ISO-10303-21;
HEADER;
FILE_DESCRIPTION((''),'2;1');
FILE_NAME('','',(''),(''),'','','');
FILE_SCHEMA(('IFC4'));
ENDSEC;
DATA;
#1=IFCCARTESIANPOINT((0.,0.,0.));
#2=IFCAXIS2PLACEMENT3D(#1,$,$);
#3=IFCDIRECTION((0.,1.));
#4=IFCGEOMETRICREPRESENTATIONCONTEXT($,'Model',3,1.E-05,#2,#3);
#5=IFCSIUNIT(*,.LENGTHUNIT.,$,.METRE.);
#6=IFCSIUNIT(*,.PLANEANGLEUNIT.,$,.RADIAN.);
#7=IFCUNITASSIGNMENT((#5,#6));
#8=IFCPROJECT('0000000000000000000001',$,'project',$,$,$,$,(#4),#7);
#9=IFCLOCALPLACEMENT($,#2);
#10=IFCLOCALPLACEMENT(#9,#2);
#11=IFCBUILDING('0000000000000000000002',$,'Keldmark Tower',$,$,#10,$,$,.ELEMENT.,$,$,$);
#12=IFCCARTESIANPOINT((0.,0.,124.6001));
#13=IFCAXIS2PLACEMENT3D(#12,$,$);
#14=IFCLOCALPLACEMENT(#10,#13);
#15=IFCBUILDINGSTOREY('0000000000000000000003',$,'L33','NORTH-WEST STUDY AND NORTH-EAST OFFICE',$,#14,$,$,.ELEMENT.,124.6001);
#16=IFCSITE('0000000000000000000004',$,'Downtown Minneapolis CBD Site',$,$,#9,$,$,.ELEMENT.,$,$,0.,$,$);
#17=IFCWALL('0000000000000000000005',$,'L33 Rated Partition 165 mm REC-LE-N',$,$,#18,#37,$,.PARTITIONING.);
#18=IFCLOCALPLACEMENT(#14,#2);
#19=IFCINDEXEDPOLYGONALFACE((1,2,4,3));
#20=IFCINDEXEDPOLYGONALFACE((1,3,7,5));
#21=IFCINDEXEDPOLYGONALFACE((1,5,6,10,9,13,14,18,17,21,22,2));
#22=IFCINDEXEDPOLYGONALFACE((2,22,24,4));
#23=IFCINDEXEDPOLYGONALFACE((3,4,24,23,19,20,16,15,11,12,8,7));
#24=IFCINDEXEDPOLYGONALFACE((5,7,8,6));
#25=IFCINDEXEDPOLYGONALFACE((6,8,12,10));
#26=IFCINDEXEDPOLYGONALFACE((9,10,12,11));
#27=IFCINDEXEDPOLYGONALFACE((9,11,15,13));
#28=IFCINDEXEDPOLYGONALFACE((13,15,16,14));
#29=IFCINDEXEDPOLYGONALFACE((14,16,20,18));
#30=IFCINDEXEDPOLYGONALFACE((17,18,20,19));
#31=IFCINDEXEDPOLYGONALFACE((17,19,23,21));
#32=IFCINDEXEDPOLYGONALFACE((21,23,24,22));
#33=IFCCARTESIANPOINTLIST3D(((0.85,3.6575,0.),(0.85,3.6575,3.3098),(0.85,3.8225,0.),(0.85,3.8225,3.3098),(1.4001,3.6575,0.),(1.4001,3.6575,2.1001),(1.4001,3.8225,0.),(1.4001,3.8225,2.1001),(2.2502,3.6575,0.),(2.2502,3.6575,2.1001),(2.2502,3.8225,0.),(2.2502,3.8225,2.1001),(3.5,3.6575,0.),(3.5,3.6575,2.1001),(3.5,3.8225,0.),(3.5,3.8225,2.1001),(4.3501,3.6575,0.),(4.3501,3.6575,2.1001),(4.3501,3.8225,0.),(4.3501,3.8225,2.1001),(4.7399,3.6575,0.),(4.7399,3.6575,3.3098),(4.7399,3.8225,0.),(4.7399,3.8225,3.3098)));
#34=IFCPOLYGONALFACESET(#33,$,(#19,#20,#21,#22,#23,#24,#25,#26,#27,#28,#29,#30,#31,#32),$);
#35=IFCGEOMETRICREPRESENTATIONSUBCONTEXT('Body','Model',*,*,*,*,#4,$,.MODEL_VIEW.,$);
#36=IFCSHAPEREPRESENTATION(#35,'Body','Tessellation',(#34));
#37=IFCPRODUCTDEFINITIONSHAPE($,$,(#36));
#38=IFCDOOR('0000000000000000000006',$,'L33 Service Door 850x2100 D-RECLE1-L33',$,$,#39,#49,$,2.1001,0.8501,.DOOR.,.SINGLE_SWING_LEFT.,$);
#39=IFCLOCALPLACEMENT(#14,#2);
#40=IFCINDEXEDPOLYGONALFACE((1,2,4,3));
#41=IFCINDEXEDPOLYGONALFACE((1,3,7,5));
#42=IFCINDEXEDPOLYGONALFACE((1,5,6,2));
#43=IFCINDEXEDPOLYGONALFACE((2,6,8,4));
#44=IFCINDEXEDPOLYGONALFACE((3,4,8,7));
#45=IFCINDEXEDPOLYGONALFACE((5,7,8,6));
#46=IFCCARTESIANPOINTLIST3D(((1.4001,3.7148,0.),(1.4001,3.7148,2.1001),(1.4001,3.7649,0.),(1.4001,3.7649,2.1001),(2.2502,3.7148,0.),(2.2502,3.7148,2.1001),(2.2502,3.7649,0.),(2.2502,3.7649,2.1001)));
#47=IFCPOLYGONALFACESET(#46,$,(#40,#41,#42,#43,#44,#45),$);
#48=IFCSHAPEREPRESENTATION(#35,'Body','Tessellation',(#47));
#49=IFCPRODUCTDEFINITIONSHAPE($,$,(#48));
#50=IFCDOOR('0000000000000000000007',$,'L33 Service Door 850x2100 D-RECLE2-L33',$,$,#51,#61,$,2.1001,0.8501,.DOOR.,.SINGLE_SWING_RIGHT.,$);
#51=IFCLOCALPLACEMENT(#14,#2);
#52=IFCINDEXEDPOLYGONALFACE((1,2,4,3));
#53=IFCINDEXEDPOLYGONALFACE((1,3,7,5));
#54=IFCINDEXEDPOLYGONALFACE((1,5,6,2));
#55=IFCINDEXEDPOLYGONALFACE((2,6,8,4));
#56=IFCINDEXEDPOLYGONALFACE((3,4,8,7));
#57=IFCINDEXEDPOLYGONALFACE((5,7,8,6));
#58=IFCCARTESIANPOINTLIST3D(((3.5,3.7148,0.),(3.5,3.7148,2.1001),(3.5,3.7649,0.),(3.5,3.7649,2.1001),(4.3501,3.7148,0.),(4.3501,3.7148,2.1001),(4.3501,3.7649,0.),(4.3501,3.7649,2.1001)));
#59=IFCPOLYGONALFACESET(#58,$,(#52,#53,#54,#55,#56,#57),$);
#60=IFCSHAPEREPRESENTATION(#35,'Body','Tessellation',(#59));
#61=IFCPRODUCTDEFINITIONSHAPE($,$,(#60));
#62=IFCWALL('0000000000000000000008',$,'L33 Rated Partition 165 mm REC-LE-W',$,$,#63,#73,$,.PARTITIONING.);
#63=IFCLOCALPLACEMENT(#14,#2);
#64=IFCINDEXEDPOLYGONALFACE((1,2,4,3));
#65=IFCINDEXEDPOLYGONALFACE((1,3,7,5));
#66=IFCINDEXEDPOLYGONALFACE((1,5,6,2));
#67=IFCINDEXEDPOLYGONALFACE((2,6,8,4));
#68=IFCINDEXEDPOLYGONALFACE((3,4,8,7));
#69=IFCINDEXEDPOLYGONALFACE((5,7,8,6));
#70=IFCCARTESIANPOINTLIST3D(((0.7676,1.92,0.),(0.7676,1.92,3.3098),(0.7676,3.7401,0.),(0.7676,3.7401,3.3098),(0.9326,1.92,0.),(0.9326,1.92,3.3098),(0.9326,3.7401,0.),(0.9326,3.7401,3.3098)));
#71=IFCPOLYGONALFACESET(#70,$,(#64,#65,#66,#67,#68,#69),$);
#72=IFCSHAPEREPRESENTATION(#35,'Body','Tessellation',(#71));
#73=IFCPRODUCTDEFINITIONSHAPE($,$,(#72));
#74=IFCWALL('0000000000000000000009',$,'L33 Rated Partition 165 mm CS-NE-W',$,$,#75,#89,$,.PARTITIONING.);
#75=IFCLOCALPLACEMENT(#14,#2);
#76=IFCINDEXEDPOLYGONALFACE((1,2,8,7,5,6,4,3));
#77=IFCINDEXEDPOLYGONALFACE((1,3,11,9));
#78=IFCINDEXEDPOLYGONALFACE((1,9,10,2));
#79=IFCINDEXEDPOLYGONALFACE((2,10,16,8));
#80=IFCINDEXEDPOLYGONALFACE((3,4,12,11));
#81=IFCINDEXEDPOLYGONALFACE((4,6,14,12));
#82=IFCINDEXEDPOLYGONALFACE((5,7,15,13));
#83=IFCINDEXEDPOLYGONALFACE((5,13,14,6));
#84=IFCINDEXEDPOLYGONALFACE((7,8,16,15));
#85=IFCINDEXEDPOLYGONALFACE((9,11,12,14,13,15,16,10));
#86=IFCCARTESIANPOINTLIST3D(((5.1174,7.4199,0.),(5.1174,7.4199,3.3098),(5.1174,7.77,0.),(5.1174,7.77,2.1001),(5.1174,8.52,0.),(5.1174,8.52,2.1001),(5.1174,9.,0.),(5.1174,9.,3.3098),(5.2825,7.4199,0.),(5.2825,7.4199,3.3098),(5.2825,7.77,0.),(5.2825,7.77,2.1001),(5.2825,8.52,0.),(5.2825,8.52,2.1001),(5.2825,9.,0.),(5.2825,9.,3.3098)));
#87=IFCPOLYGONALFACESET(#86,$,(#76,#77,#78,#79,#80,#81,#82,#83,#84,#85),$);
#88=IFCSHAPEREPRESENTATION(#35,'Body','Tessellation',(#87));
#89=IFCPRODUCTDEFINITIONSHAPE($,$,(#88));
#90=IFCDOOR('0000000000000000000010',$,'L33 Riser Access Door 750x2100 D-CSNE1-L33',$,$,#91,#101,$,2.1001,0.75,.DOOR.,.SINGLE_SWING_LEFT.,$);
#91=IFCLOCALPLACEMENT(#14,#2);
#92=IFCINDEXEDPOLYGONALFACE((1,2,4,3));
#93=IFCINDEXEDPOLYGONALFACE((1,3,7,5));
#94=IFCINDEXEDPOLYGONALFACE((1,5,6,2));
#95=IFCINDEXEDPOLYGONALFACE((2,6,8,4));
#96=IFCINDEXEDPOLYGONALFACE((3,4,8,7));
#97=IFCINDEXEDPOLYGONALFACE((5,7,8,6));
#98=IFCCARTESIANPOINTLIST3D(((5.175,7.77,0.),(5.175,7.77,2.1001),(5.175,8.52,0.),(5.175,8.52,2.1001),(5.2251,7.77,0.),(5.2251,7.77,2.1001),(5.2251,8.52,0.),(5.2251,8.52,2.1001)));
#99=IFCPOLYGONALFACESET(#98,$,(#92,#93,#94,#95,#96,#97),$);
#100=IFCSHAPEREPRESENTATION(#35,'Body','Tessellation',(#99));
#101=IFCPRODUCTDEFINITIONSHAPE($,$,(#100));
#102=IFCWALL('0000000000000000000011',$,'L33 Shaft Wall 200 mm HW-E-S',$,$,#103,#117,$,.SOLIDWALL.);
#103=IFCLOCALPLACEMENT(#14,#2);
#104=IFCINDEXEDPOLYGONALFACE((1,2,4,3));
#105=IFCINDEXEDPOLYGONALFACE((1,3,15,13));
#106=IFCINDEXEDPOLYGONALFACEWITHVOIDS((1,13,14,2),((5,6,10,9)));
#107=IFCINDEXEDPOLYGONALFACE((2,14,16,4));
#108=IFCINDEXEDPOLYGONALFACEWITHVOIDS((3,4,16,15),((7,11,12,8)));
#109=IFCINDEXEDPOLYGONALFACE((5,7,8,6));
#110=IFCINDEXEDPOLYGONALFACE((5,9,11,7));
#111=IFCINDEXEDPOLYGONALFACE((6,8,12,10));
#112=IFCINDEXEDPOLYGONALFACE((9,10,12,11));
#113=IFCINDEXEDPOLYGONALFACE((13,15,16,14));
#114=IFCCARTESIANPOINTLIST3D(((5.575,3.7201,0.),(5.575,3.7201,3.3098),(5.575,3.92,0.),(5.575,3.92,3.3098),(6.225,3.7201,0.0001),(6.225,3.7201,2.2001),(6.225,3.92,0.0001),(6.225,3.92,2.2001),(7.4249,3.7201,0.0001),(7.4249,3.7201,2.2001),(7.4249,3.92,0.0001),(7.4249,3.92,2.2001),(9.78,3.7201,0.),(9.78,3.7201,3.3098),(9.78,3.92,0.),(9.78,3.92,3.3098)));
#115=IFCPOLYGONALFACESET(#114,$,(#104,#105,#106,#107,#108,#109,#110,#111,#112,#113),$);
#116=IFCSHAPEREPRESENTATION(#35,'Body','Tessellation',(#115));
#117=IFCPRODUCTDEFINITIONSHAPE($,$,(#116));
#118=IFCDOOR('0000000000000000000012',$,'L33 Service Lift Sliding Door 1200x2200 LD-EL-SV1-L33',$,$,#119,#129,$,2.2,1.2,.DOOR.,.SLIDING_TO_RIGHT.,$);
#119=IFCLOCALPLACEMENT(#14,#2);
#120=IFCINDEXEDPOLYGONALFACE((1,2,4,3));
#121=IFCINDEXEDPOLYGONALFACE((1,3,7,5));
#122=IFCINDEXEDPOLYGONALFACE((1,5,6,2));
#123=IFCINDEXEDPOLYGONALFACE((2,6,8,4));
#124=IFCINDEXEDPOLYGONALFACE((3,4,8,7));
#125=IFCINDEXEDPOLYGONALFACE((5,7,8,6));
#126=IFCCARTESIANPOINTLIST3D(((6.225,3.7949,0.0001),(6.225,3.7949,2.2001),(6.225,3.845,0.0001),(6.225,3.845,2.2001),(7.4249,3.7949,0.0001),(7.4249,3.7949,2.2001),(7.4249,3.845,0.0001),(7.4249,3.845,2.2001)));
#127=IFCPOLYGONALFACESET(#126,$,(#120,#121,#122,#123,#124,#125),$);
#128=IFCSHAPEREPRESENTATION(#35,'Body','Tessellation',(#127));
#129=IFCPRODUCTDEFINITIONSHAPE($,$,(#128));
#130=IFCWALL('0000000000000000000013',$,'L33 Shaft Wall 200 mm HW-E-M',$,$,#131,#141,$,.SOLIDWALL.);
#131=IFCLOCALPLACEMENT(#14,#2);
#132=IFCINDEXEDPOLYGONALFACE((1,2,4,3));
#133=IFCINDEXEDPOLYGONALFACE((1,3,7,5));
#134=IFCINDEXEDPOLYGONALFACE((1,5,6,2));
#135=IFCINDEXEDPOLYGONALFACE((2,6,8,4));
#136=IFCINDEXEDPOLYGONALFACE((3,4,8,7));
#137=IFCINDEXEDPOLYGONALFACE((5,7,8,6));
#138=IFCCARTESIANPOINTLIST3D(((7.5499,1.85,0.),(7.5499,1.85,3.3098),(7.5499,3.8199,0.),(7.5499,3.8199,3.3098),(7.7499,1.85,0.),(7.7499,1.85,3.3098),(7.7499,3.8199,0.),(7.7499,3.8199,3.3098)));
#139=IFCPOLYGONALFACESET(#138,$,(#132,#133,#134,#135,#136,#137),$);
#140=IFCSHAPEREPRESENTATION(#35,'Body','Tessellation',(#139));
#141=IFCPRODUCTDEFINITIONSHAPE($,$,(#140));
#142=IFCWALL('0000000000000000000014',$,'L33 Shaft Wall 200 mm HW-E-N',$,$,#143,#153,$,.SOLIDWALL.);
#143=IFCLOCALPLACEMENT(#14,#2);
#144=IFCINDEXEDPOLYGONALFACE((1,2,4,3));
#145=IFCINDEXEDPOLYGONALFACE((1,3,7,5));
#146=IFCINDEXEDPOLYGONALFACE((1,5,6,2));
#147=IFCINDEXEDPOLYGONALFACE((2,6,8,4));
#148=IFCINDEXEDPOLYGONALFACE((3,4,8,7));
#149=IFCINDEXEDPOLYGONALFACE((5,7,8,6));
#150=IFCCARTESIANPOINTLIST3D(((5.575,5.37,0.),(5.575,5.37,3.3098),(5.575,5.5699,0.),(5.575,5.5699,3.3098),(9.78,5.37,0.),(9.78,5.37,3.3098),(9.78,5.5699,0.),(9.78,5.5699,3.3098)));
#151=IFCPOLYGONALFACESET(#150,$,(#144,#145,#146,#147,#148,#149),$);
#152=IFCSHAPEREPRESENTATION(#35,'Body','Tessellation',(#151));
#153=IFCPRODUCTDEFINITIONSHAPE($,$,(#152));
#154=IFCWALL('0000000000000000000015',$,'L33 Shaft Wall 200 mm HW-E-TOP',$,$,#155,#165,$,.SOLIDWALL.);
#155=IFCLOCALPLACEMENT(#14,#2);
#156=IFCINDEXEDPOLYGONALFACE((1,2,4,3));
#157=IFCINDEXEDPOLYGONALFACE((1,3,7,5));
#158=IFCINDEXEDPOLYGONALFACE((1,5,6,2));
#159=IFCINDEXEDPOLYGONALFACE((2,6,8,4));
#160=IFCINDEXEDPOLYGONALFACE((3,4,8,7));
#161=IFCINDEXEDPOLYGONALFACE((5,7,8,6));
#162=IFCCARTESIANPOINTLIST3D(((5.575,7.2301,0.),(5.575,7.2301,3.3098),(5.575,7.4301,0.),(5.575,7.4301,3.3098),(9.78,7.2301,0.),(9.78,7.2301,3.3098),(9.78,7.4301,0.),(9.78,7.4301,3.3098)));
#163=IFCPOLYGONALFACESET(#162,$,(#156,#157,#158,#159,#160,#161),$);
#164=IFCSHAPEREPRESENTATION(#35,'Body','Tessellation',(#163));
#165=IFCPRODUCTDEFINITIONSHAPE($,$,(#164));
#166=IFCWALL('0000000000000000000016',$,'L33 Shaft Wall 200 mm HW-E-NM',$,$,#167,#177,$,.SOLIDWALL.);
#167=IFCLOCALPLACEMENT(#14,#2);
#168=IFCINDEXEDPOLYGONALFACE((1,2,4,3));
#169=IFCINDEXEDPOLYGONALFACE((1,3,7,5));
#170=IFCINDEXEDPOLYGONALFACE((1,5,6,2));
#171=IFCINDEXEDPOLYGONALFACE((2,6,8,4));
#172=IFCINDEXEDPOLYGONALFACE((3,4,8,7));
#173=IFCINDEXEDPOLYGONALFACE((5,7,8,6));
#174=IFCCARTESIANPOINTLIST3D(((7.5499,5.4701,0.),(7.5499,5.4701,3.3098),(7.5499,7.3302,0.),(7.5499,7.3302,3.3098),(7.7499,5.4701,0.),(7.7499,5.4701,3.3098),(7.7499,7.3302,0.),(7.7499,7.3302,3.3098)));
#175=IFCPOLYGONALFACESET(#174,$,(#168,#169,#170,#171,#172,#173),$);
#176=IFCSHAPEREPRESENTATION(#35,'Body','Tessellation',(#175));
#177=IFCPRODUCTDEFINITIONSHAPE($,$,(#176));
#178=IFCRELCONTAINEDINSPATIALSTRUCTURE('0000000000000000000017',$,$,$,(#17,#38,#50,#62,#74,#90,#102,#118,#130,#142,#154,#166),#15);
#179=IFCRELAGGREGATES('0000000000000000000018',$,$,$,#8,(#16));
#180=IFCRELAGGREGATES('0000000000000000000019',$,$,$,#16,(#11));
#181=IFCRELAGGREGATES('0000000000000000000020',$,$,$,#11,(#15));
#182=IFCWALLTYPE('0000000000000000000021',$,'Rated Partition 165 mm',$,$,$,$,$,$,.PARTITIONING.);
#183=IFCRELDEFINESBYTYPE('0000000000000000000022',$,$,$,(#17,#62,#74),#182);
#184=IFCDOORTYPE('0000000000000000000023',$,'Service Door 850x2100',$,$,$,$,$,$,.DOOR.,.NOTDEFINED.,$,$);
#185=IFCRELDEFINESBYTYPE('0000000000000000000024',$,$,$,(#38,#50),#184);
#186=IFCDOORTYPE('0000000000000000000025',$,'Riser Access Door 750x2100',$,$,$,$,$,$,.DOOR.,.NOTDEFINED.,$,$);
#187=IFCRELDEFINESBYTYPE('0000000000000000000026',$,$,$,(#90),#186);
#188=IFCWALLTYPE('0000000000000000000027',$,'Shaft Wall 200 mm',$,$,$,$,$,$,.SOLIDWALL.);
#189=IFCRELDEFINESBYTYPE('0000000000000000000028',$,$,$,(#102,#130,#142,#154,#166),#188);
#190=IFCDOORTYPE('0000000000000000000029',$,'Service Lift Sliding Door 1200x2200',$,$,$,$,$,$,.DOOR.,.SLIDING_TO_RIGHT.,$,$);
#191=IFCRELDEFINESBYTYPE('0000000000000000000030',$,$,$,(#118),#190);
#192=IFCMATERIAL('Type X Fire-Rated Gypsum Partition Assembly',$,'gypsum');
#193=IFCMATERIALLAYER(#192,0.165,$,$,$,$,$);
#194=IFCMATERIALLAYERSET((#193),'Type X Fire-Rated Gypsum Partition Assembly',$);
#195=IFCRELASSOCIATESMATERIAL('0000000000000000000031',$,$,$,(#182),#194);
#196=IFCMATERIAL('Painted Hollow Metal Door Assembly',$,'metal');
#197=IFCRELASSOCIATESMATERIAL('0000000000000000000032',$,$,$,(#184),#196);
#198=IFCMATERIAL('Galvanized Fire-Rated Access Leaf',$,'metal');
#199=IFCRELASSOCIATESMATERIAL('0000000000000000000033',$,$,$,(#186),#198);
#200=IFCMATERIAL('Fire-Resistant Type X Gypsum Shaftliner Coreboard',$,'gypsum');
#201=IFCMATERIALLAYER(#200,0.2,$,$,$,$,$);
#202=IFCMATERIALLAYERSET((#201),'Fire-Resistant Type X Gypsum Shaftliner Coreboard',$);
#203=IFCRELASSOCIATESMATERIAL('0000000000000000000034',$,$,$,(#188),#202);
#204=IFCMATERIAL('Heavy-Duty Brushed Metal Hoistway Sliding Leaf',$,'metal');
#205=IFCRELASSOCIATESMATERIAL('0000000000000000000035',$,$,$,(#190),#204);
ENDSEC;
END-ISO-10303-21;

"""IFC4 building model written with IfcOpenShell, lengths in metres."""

from ifc_helpers import new_model, si_unit, direction, frame, frame_2d, origin, place, context, subcontext, project, spatial, rectangle, extrude, material, layer, layer_set, type_object, element, fill, save


model = new_model("IFC4")

# Units and contexts
model_context = context("Model", 3, precision=1e-05, world=origin(), true_north=direction((0.0, 1.0)))
body_context = subcontext(model_context, "Body", "Model", "MODEL_VIEW")
ifc_project = project(units=[si_unit("LENGTHUNIT", "METRE"), si_unit("PLANEANGLEUNIT", "RADIAN")], contexts=[model_context])

# Site, building, storey
site_placement = place(None, origin())
site = spatial("IfcSite", under=ifc_project, at=site_placement, Name="Downtown Minneapolis CBD Site", CompositionType="ELEMENT", RefElevation=0.0)
building_placement = place(site_placement, origin())
building = spatial("IfcBuilding", under=site, at=building_placement, Name="Keldmark Tower", CompositionType="ELEMENT")
storey_placement = place(building_placement, frame((0.0, 0.0, 124.6001)))
storey = spatial("IfcBuildingStorey", under=building, at=storey_placement, Name="L33", Description="NORTH-WEST STUDY AND NORTH-EAST OFFICE", CompositionType="ELEMENT", Elevation=124.6001)

# Shared definitions
ifc_material_1 = material(Name="Type X Fire-Rated Gypsum Partition Assembly", Category="gypsum")
ifc_layer_1 = layer(ifc_material_1, 0.165)
ifc_layer_set_1 = layer_set([ifc_layer_1], Name="Type X Fire-Rated Gypsum Partition Assembly")
wall_type_1 = type_object("IfcWallType", Name="Rated Partition 165 mm", PredefinedType="PARTITIONING", material=ifc_layer_set_1)

# Wall, openings, doors
wall_1_placement = place(storey_placement, frame((0.8501, 3.74, 0.0), z_axis=(0.0, 0.0, 1.0), x_axis=(1.0, 0.0, 0.0)))
wall_1 = element("IfcWall", 1, at=wall_1_placement, inside=storey, type_object=wall_type_1, Name="L33 Rated Partition 165 mm REC-LE-N", PredefinedType="PARTITIONING", context=body_context, shape_type="SweptSolid", body=[
    extrude(rectangle(XDim=3.8899, YDim=0.165, at=frame_2d((1.9448, 0.0))), origin(), (0.0, 0.0, 1.0), 3.3098),
])
opening_1_placement = place(wall_1_placement, frame((0.55, 0.0, 0.0)))
opening_1 = element("IfcOpeningElement", 2, at=opening_1_placement, cuts=wall_1, PredefinedType="OPENING", context=body_context, shape_type="SweptSolid", body=[
    extrude(rectangle(XDim=0.8501, YDim=2.1001, at=frame_2d((0.425, 1.05))), frame((0.0, 0.0925, 0.0), z_axis=(0.0, -1.0, 0.0), x_axis=(1.0, 0.0, 0.0)), (0.0, 0.0, 1.0), 0.1851),
])
opening_2_placement = place(wall_1_placement, frame((2.6499, 0.0, 0.0)))
opening_2 = element("IfcOpeningElement", 3, at=opening_2_placement, cuts=wall_1, PredefinedType="OPENING", context=body_context, shape_type="SweptSolid", body=[
    extrude(rectangle(XDim=0.8501, YDim=2.1001, at=frame_2d((0.425, 1.05))), frame((0.0, 0.0925, 0.0), z_axis=(0.0, -1.0, 0.0), x_axis=(1.0, 0.0, 0.0)), (0.0, 0.0, 1.0), 0.1851),
])
ifc_material_2 = material(Name="Painted Hollow Metal Door Assembly", Category="metal")
door_type_1 = type_object("IfcDoorType", Name="Service Door 850x2100", OperationType="NOTDEFINED", PredefinedType="DOOR", material=ifc_material_2)
door_1_placement = place(opening_1_placement, origin())
door_1 = element("IfcDoor", 4, at=door_1_placement, inside=storey, type_object=door_type_1, Name="L33 Service Door 850x2100 D-RECLE1-L33", OperationType="SINGLE_SWING_LEFT", OverallHeight=2.1001, OverallWidth=0.8501, PredefinedType="DOOR", context=body_context, shape_type="SweptSolid", body=[
    extrude(rectangle(XDim=0.8501, YDim=2.1001, at=frame_2d((0.425, 1.05))), frame((0.0, 0.0249, 0.0), z_axis=(0.0, -1.0, 0.0), x_axis=(1.0, 0.0, 0.0)), (0.0, 0.0, 1.0), 0.05),
])
fill(opening_1, door_1)
door_2_placement = place(opening_2_placement, origin())
door_2 = element("IfcDoor", 5, at=door_2_placement, inside=storey, type_object=door_type_1, Name="L33 Service Door 850x2100 D-RECLE2-L33", OperationType="SINGLE_SWING_RIGHT", OverallHeight=2.1001, OverallWidth=0.8501, PredefinedType="DOOR", context=body_context, shape_type="SweptSolid", body=[
    extrude(rectangle(XDim=0.8501, YDim=2.1001, at=frame_2d((0.425, 1.05))), frame((0.0, 0.0249, 0.0), z_axis=(0.0, -1.0, 0.0), x_axis=(1.0, 0.0, 0.0)), (0.0, 0.0, 1.0), 0.05),
])
fill(opening_2, door_2)

# Wall
wall_2_placement = place(storey_placement, frame((0.8501, 1.9199, 0.0), z_axis=(0.0, 0.0, 1.0), x_axis=(0.0, 1.0, 0.0)))
element("IfcWall", 6, at=wall_2_placement, inside=storey, type_object=wall_type_1, Name="L33 Rated Partition 165 mm REC-LE-W", PredefinedType="PARTITIONING", context=body_context, shape_type="SweptSolid", body=[
    extrude(rectangle(XDim=1.8201, YDim=0.165, at=frame_2d((0.9102, 0.0))), origin(), (0.0, 0.0, 1.0), 3.3098),
])

# Walls, openings, doors
wall_3_placement = place(storey_placement, frame((5.2, 7.4199, 0.0), z_axis=(0.0, 0.0, 1.0), x_axis=(0.0, 1.0, 0.0)))
wall_3 = element("IfcWall", 7, at=wall_3_placement, inside=storey, type_object=wall_type_1, Name="L33 Rated Partition 165 mm CS-NE-W", PredefinedType="PARTITIONING", context=body_context, shape_type="SweptSolid", body=[
    extrude(rectangle(XDim=1.5801, YDim=0.165, at=frame_2d((0.79, 0.0))), origin(), (0.0, 0.0, 1.0), 3.3098),
])
opening_3_placement = place(wall_3_placement, frame((0.3501, 0.0, 0.0)))
opening_3 = element("IfcOpeningElement", 8, at=opening_3_placement, cuts=wall_3, PredefinedType="OPENING", context=body_context, shape_type="SweptSolid", body=[
    extrude(rectangle(XDim=0.75, YDim=2.1001, at=frame_2d((0.375, 1.05))), frame((0.0, 0.0925, 0.0), z_axis=(0.0, -1.0, 0.0), x_axis=(1.0, 0.0, 0.0)), (0.0, 0.0, 1.0), 0.1851),
])
ifc_material_3 = material(Name="Galvanized Fire-Rated Access Leaf", Category="metal")
door_type_2 = type_object("IfcDoorType", Name="Riser Access Door 750x2100", OperationType="NOTDEFINED", PredefinedType="DOOR", material=ifc_material_3)
door_3_placement = place(opening_3_placement, origin())
door_3 = element("IfcDoor", 9, at=door_3_placement, inside=storey, type_object=door_type_2, Name="L33 Riser Access Door 750x2100 D-CSNE1-L33", OperationType="SINGLE_SWING_LEFT", OverallHeight=2.1001, OverallWidth=0.75, PredefinedType="DOOR", context=body_context, shape_type="SweptSolid", body=[
    extrude(rectangle(XDim=0.75, YDim=2.1001, at=frame_2d((0.375, 1.05))), frame((0.0, 0.0249, 0.0), z_axis=(0.0, -1.0, 0.0), x_axis=(1.0, 0.0, 0.0)), (0.0, 0.0, 1.0), 0.05),
])
fill(opening_3, door_3)
ifc_material_4 = material(Name="Fire-Resistant Type X Gypsum Shaftliner Coreboard", Category="gypsum")
ifc_layer_2 = layer(ifc_material_4, 0.2)
ifc_layer_set_2 = layer_set([ifc_layer_2], Name="Fire-Resistant Type X Gypsum Shaftliner Coreboard")
wall_type_2 = type_object("IfcWallType", Name="Shaft Wall 200 mm", PredefinedType="SOLIDWALL", material=ifc_layer_set_2)
wall_4_placement = place(storey_placement, frame((5.575, 3.8201, 0.0), z_axis=(0.0, 0.0, 1.0), x_axis=(1.0, 0.0, 0.0)))
wall_4 = element("IfcWall", 10, at=wall_4_placement, inside=storey, type_object=wall_type_2, Name="L33 Shaft Wall 200 mm HW-E-S", PredefinedType="SOLIDWALL", context=body_context, shape_type="SweptSolid", body=[
    extrude(rectangle(XDim=4.2051, YDim=0.2, at=frame_2d((2.1025, 0.0))), origin(), (0.0, 0.0, 1.0), 3.3098),
])
opening_4_placement = place(wall_4_placement, frame((0.6499, 0.0, 0.0)))
opening_4 = element("IfcOpeningElement", 11, at=opening_4_placement, cuts=wall_4, PredefinedType="OPENING", context=body_context, shape_type="SweptSolid", body=[
    extrude(rectangle(XDim=1.2, YDim=2.2, at=frame_2d((0.6001, 1.1001))), frame((0.0, 0.1099, 0.0), z_axis=(0.0, -1.0, 0.0), x_axis=(1.0, 0.0, 0.0)), (0.0, 0.0, 1.0), 0.22),
])
ifc_material_5 = material(Name="Heavy-Duty Brushed Metal Hoistway Sliding Leaf", Category="metal")
door_type_3 = type_object("IfcDoorType", Name="Service Lift Sliding Door 1200x2200", OperationType="SLIDING_TO_RIGHT", PredefinedType="DOOR", material=ifc_material_5)
door_4_placement = place(opening_4_placement, origin())
door_4 = element("IfcDoor", 12, at=door_4_placement, inside=storey, type_object=door_type_3, Name="L33 Service Lift Sliding Door 1200x2200 LD-EL-SV1-L33", OperationType="SLIDING_TO_RIGHT", OverallHeight=2.2, OverallWidth=1.2, PredefinedType="DOOR", context=body_context, shape_type="SweptSolid", body=[
    extrude(rectangle(XDim=1.2, YDim=2.2, at=frame_2d((0.6001, 1.1001))), frame((0.0, 0.0249, 0.0), z_axis=(0.0, -1.0, 0.0), x_axis=(1.0, 0.0, 0.0)), (0.0, 0.0, 1.0), 0.05),
])
fill(opening_4, door_4)

# Walls
wall_5_placement = place(storey_placement, frame((7.6499, 1.8501, 0.0), z_axis=(0.0, 0.0, 1.0), x_axis=(0.0, 1.0, 0.0)))
element("IfcWall", 13, at=wall_5_placement, inside=storey, type_object=wall_type_2, Name="L33 Shaft Wall 200 mm HW-E-M", PredefinedType="SOLIDWALL", context=body_context, shape_type="SweptSolid", body=[
    extrude(rectangle(XDim=1.97, YDim=0.2, at=frame_2d((0.9849, 0.0))), origin(), (0.0, 0.0, 1.0), 3.3098),
])
for number, where, z_axis, x_axis, name in (
    (14, (5.575, 5.47, 0.0), (0.0, 0.0, 1.0), (1.0, 0.0, 0.0), "L33 Shaft Wall 200 mm HW-E-N"),
    (15, (5.575, 7.3301, 0.0), (0.0, 0.0, 1.0), (1.0, 0.0, 0.0), "L33 Shaft Wall 200 mm HW-E-TOP"),
):
    element("IfcWall", number, at=place(storey_placement, frame(where, z_axis=z_axis, x_axis=x_axis)), inside=storey, type_object=wall_type_2, Name=name, PredefinedType="SOLIDWALL", context=body_context, shape_type="SweptSolid", body=[
        extrude(rectangle(XDim=4.2051, YDim=0.2, at=frame_2d((2.1025, 0.0))), origin(), (0.0, 0.0, 1.0), 3.3098),
    ])
wall_6_placement = place(storey_placement, frame((7.6499, 5.47, 0.0), z_axis=(0.0, 0.0, 1.0), x_axis=(0.0, 1.0, 0.0)))
element("IfcWall", 16, at=wall_6_placement, inside=storey, type_object=wall_type_2, Name="L33 Shaft Wall 200 mm HW-E-NM", PredefinedType="SOLIDWALL", context=body_context, shape_type="SweptSolid", body=[
    extrude(rectangle(XDim=1.8601, YDim=0.2, at=frame_2d((0.9302, 0.0))), origin(), (0.0, 0.0, 1.0), 3.3098),
])

save(model, "model.ifc")
